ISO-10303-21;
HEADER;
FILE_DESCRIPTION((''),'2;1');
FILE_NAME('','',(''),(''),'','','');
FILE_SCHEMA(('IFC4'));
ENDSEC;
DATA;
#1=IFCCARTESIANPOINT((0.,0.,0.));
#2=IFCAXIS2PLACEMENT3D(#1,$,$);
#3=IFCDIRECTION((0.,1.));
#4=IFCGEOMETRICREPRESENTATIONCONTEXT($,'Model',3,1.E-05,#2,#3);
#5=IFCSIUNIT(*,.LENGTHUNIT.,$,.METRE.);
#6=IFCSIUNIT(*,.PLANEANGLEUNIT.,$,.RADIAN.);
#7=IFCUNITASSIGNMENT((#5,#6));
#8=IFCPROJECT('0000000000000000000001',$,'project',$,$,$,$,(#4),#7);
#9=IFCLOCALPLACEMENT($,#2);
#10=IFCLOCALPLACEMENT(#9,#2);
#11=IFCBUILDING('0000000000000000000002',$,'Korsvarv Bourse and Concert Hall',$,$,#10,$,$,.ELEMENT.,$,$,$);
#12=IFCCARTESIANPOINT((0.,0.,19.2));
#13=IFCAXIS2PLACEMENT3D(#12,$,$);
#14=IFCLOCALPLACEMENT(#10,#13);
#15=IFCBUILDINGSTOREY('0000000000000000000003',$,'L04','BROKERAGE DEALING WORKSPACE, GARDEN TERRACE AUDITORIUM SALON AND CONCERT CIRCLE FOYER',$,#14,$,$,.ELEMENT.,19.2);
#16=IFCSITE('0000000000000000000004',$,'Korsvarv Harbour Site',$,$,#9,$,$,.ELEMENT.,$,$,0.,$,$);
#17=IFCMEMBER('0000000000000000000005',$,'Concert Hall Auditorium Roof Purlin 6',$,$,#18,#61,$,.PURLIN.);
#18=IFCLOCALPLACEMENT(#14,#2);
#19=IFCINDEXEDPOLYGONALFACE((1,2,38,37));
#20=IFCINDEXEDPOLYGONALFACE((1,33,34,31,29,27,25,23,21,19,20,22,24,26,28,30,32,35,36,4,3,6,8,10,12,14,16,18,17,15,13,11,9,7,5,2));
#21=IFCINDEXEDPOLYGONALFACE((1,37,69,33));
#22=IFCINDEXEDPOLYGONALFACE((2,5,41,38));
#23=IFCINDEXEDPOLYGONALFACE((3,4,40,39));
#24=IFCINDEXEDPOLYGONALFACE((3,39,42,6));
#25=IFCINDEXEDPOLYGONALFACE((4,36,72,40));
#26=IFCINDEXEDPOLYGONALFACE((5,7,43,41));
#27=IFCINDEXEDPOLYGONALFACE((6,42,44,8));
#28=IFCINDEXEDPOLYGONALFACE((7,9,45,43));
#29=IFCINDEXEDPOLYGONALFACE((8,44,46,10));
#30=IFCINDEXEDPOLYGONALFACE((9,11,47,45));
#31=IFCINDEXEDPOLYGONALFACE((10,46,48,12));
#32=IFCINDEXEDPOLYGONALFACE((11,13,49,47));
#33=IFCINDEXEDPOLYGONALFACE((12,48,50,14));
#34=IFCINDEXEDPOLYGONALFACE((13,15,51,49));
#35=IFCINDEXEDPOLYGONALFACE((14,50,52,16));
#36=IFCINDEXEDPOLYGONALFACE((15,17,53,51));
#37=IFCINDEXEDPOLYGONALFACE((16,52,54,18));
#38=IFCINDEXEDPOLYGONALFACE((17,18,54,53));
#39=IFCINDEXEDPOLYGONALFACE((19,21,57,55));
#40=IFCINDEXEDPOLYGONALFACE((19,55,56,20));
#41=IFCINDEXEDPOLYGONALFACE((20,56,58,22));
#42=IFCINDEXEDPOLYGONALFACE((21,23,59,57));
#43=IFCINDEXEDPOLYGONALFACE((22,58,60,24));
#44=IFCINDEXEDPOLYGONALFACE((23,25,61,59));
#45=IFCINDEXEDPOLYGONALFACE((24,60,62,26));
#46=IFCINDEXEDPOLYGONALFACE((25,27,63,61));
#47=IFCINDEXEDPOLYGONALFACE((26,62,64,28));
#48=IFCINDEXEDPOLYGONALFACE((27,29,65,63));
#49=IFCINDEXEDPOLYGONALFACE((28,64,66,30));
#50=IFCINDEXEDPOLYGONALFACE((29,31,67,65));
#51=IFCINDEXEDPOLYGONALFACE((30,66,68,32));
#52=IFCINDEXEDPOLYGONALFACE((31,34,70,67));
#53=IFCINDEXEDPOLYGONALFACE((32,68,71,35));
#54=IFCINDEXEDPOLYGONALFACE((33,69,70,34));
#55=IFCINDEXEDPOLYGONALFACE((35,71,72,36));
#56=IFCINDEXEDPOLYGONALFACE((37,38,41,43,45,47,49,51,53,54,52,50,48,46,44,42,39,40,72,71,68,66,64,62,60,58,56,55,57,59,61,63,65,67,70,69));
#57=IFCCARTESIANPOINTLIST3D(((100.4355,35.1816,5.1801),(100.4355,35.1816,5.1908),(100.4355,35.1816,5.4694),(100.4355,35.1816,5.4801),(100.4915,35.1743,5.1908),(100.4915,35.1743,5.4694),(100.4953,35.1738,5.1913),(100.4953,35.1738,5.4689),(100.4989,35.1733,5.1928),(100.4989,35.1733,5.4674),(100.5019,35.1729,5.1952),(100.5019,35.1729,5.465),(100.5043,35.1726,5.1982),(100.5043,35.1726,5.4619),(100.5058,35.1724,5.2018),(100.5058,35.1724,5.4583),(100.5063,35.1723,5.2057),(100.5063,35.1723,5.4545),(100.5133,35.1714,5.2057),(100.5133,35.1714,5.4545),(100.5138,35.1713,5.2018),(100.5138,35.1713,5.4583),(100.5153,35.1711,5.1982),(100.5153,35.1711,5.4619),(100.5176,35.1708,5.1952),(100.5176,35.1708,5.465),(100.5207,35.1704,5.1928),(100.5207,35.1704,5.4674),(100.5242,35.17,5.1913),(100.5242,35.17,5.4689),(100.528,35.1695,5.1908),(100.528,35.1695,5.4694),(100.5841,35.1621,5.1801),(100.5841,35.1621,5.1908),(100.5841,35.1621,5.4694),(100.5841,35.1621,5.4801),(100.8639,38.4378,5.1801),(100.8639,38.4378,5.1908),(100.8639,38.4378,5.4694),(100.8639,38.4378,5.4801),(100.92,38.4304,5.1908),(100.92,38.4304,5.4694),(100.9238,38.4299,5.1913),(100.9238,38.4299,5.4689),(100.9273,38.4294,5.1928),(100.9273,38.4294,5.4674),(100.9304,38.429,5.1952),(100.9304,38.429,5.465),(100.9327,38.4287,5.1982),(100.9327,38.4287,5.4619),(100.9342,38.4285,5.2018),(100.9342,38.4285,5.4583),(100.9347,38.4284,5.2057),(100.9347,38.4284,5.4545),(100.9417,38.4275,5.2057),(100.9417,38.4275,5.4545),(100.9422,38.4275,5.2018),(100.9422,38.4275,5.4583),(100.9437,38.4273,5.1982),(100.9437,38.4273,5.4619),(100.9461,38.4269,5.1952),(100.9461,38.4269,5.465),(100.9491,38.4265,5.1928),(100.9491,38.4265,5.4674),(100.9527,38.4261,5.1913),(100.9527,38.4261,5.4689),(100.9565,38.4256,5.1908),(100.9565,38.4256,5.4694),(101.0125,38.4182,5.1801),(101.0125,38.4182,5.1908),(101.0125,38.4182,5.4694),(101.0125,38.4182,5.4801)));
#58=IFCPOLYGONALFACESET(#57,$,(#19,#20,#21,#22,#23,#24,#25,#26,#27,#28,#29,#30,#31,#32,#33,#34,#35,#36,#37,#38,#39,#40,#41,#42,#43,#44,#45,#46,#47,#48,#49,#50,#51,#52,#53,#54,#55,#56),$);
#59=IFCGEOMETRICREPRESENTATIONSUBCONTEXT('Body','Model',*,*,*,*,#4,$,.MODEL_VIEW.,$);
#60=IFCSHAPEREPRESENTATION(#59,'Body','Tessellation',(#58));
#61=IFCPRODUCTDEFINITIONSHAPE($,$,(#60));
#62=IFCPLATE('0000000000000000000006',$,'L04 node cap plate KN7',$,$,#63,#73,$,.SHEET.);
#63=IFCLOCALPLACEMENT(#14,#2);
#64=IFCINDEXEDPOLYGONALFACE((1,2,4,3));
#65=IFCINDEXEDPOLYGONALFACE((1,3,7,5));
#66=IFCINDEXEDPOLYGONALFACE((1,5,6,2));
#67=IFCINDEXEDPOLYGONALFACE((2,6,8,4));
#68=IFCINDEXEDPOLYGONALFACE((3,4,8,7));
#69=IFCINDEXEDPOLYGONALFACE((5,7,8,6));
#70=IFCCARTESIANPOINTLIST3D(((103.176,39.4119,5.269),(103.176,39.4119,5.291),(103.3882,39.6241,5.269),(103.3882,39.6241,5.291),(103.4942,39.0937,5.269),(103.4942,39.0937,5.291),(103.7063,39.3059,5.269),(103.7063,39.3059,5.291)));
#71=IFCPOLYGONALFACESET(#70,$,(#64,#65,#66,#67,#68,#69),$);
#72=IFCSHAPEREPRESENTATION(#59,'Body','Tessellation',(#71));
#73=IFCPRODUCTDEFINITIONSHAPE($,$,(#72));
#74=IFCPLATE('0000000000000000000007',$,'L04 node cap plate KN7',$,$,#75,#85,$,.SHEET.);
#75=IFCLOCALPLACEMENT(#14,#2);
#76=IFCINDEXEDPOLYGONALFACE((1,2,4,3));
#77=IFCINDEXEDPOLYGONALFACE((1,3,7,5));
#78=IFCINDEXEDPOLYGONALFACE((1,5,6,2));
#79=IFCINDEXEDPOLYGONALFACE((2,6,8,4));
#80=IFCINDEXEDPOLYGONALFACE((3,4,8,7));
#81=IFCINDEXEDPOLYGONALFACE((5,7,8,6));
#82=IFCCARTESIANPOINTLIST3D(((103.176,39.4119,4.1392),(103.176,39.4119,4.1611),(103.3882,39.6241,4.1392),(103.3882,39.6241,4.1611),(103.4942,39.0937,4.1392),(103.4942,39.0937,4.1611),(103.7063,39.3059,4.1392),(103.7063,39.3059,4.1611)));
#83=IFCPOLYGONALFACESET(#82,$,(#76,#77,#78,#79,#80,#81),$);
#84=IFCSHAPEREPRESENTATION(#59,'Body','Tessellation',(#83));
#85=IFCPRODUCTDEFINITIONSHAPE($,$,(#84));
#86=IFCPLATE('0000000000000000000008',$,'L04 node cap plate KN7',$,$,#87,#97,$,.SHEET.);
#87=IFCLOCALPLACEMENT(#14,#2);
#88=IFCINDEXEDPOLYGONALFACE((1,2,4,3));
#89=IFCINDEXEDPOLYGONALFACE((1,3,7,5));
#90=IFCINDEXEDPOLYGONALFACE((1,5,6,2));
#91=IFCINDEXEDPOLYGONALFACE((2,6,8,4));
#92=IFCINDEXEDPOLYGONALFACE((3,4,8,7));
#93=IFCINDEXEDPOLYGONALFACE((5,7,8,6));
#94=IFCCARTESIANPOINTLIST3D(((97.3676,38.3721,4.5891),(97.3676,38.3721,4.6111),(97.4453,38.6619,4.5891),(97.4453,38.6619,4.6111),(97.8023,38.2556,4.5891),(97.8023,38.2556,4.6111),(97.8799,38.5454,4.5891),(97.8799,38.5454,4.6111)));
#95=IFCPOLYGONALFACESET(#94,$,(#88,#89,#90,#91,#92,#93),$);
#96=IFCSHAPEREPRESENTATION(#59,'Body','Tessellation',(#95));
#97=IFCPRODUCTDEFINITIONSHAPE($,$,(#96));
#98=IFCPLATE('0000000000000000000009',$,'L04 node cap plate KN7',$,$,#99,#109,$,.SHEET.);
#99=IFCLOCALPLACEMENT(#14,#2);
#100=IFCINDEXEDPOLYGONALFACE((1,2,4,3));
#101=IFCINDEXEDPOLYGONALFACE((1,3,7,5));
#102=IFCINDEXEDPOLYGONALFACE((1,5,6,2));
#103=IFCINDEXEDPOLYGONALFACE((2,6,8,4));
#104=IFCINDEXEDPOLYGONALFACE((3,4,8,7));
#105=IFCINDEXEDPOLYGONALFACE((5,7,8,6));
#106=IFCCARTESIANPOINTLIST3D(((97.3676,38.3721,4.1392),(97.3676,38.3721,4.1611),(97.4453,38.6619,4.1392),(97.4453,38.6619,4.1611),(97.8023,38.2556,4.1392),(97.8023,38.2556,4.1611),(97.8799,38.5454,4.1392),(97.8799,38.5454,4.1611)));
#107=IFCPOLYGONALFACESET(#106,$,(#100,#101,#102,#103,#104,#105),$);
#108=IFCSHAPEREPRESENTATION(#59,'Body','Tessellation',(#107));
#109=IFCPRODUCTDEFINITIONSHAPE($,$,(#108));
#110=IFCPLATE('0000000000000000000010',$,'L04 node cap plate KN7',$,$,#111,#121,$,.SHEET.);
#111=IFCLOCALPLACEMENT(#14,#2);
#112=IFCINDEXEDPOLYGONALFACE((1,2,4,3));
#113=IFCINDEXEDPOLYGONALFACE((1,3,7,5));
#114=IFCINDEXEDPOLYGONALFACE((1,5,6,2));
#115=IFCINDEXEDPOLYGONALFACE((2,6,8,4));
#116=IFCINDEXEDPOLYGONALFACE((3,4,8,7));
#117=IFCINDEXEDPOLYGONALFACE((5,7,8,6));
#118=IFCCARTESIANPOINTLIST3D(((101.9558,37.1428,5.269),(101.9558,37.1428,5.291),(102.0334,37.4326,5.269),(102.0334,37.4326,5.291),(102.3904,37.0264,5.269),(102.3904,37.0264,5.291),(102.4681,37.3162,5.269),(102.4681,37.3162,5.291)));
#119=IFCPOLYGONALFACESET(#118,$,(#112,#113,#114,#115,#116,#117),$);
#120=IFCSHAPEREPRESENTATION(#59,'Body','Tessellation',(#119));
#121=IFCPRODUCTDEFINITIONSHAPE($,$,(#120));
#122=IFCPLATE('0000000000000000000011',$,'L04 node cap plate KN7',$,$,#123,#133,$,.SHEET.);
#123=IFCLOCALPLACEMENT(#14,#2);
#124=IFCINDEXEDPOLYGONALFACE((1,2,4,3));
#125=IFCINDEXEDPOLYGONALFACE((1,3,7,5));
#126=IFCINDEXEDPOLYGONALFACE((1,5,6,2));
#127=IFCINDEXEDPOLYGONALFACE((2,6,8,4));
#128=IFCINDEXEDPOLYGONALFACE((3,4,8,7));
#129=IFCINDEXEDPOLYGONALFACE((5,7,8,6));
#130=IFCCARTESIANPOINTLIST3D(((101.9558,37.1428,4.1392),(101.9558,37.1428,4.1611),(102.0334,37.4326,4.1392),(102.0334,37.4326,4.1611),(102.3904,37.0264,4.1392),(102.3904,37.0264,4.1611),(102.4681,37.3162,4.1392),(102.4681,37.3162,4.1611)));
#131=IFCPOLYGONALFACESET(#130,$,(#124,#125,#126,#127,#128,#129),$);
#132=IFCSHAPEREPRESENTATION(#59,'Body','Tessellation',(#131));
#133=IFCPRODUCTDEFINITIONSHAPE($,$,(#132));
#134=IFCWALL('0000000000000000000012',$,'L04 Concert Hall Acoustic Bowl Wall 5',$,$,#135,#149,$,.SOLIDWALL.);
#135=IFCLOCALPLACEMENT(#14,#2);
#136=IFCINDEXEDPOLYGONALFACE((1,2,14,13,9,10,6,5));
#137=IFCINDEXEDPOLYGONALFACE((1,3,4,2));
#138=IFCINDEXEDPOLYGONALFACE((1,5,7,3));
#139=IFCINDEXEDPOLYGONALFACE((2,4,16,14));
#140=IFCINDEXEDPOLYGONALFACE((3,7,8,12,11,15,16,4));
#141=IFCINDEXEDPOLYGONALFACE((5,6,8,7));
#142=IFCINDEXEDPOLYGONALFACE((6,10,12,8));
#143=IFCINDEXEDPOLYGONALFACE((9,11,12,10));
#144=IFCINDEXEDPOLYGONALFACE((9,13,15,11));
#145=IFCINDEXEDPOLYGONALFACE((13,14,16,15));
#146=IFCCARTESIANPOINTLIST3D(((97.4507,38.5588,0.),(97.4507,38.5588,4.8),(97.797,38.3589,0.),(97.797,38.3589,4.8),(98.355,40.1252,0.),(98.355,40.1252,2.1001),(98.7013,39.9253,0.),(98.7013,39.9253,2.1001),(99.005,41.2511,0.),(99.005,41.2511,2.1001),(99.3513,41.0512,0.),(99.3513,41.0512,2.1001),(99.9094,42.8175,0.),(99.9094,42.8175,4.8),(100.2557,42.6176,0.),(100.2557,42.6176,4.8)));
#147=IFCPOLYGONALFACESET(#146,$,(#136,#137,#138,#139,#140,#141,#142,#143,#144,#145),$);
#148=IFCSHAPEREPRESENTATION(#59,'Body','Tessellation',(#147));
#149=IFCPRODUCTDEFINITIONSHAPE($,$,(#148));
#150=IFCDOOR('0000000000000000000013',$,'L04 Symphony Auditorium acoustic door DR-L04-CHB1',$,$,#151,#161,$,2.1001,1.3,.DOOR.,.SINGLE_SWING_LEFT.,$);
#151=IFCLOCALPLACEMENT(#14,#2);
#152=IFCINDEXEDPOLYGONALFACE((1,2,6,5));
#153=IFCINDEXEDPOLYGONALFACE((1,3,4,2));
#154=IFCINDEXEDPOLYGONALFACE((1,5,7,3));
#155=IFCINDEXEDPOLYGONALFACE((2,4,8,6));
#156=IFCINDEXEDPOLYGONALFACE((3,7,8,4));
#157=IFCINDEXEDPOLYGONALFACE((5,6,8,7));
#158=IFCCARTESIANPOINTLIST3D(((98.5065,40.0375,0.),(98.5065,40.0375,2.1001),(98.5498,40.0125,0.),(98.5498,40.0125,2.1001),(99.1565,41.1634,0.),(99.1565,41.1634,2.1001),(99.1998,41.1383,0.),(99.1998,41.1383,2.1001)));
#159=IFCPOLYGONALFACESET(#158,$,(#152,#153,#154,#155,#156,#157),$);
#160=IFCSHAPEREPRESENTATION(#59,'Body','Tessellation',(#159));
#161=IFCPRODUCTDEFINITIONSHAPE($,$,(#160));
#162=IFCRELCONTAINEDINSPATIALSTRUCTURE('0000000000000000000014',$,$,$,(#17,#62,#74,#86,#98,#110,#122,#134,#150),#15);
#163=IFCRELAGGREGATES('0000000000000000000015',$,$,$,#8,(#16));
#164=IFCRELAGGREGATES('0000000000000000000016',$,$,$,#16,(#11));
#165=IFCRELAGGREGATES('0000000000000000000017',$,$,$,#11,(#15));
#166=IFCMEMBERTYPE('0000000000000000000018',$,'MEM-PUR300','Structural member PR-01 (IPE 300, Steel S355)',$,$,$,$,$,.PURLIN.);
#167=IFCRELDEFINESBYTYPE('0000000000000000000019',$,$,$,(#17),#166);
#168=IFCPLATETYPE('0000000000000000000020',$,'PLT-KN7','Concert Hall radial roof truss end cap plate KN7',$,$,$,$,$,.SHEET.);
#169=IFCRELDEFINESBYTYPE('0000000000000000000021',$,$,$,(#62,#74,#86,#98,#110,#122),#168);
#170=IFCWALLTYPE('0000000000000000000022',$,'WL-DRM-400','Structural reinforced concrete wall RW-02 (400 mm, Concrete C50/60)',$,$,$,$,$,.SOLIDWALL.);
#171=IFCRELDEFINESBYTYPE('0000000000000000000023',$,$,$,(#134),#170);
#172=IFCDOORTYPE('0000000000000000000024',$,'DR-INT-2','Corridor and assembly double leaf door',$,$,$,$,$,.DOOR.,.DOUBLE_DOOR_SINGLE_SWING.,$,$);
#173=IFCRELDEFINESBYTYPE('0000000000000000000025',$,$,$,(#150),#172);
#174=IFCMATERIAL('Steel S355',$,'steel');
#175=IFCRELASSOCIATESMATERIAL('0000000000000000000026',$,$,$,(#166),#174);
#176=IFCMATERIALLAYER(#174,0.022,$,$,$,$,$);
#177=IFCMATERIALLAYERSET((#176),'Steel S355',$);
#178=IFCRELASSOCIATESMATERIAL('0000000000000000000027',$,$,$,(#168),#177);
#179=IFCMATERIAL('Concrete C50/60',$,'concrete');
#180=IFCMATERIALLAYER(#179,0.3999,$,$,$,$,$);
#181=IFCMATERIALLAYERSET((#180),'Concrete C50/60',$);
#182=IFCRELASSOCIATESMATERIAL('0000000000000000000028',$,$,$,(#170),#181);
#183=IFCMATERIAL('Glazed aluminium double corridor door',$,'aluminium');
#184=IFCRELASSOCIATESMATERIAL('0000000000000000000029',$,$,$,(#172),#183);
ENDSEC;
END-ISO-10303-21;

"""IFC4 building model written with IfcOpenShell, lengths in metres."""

from ifc_helpers import new_model, si_unit, direction, frame, frame_2d, origin, origin_2d, place, context, subcontext, project, spatial, rectangle, i_section, extrude, source, transform, mapped, material, layer, layer_set, material_profile, profile_set, type_object, element, fill, save


model = new_model("IFC4")

# Units and contexts
model_context = context("Model", 3, precision=1e-05, world=origin(), true_north=direction((0.0, 1.0)))
body_context = subcontext(model_context, "Body", "Model", "MODEL_VIEW")
ifc_project = project(units=[si_unit("LENGTHUNIT", "METRE"), si_unit("PLANEANGLEUNIT", "RADIAN")], contexts=[model_context])

# Site, building, storey
site_placement = place(None, origin())
site = spatial("IfcSite", under=ifc_project, at=site_placement, Name="Korsvarv Harbour Site", CompositionType="ELEMENT", RefElevation=0.0)
building_placement = place(site_placement, origin())
building = spatial("IfcBuilding", under=site, at=building_placement, Name="Korsvarv Bourse and Concert Hall", CompositionType="ELEMENT")
storey_placement = place(building_placement, frame((0.0, 0.0, 19.2)))
storey = spatial("IfcBuildingStorey", under=building, at=storey_placement, Name="L04", Description="BROKERAGE DEALING WORKSPACE, GARDEN TERRACE AUDITORIUM SALON AND CONCERT CIRCLE FOYER", CompositionType="ELEMENT", Elevation=19.2)

# Shared definitions
ifc_material_1 = material(Name="Concrete C50/60", Category="concrete")

# Shared definitions
ifc_material_2 = material(Name="Steel S355", Category="steel")

# Member
ifc_material_profile_1 = material_profile(ifc_material_2, i_section(OverallWidth=0.1499, OverallDepth=0.3, WebThickness=0.0071, FlangeThickness=0.0107, FilletRadius=0.0149, at=origin_2d()), Name="IPE 300")
ifc_profile_set_1 = profile_set([ifc_material_profile_1], Name="Steel S355")
member_type_1 = type_object("IfcMemberType", Name="MEM-PUR300", Description="Structural member PR-01 (IPE 300, Steel S355)", PredefinedType="PURLIN", material=ifc_profile_set_1)
shared_shape_1 = source(origin(), body_context, "Body", "SweptSolid", [
    extrude(i_section(OverallWidth=0.1499, OverallDepth=0.3, WebThickness=0.0071, FlangeThickness=0.0107, FilletRadius=0.0149, at=origin_2d()), origin(), (0.0, 0.0, 1.0), 3.2842),
])
for number, where, z_axis, x_axis, name in (
    (1, (100.9382, 38.428, 5.3301), (-0.130464, -0.991453, 0.0), (0.991453, -0.130464, 0.0), "Concert Hall Auditorium Roof Purlin 6"),
):
    element("IfcMember", number, at=place(storey_placement, frame(where, z_axis=z_axis, x_axis=x_axis)), inside=storey, type_object=member_type_1, Name=name, PredefinedType="PURLIN", context=body_context, shape_type="MappedRepresentation", body=[
        mapped(shared_shape_1, transform((0.0, 0.0, 0.0), scale=1.0)),
    ])

# Plates
ifc_layer_1 = layer(ifc_material_2, 0.022)
ifc_layer_set_1 = layer_set([ifc_layer_1], Name="Steel S355")
plate_type = type_object("IfcPlateType", Name="PLT-KN7", Description="Concert Hall radial roof truss end cap plate KN7", PredefinedType="SHEET", material=ifc_layer_set_1)
shared_shape_2 = source(origin(), body_context, "Body", "SweptSolid", [
    extrude(rectangle(XDim=0.45, YDim=0.3, at=origin_2d()), origin(), (0.0, 0.0, 1.0), 0.022),
])
for number, where, z_axis, x_axis, name in (
    (2, (103.4412, 39.3589, 5.269), (0.0, 0.0, 1.0), (-0.707107, 0.707107, 0.0), "L04 node cap plate KN7"),
    (3, (103.4412, 39.3589, 4.1392), (0.0, 0.0, 1.0), (-0.707107, 0.707107, 0.0), "L04 node cap plate KN7"),
    (4, (97.6238, 38.4587, 4.5891), (0.0, 0.0, 1.0), (-0.965926, 0.258819, 0.0), "L04 node cap plate KN7"),
    (5, (97.6238, 38.4587, 4.1392), (0.0, 0.0, 1.0), (-0.965926, 0.258819, 0.0), "L04 node cap plate KN7"),
    (6, (102.2119, 37.2295, 5.269), (0.0, 0.0, 1.0), (-0.965926, 0.258819, 0.0), "L04 node cap plate KN7"),
    (7, (102.2119, 37.2295, 4.1392), (0.0, 0.0, 1.0), (-0.965926, 0.258819, 0.0), "L04 node cap plate KN7"),
):
    element("IfcPlate", number, at=place(storey_placement, frame(where, z_axis=z_axis, x_axis=x_axis)), inside=storey, type_object=plate_type, Name=name, PredefinedType="SHEET", context=body_context, shape_type="MappedRepresentation", body=[
        mapped(shared_shape_2, transform((0.0, 0.0, 0.0), scale=1.0)),
    ])

# Wall, opening, door
ifc_layer_2 = layer(ifc_material_1, 0.3999)
ifc_layer_set_2 = layer_set([ifc_layer_2], Name="Concrete C50/60")
wall_type = type_object("IfcWallType", Name="WL-DRM-400", Description="Structural reinforced concrete wall RW-02 (400 mm, Concrete C50/60)", PredefinedType="SOLIDWALL", material=ifc_layer_set_2)
wall_placement = place(storey_placement, frame((100.0825, 42.7175, 0.0), z_axis=(0.0, 0.0, 1.0), x_axis=(-0.499989, -0.866032, 0.0)))
wall = element("IfcWall", 8, at=wall_placement, inside=storey, type_object=wall_type, Name="L04 Concert Hall Acoustic Bowl Wall 5", PredefinedType="SOLIDWALL", context=body_context, shape_type="SweptSolid", body=[
    extrude(rectangle(XDim=4.9175, YDim=0.3999, at=frame_2d((2.4587, 0.0))), origin(), (0.0, 0.0, 1.0), 4.8),
])
opening_placement = place(wall_placement, frame((1.8088, 0.0, 0.0)))
opening = element("IfcOpeningElement", 9, at=opening_placement, cuts=wall, PredefinedType="OPENING", context=body_context, shape_type="SweptSolid", body=[
    extrude(rectangle(XDim=1.3, YDim=2.1001, at=frame_2d((0.6499, 1.05))), frame((0.0, 0.21, 0.0), z_axis=(0.0, -1.0, 0.0), x_axis=(1.0, 0.0, 0.0)), (0.0, 0.0, 1.0), 0.4199),
])
ifc_material_3 = material(Name="Glazed aluminium double corridor door", Category="aluminium")
door_type = type_object("IfcDoorType", Name="DR-INT-2", Description="Corridor and assembly double leaf door", OperationType="DOUBLE_DOOR_SINGLE_SWING", PredefinedType="DOOR", material=ifc_material_3)
door_placement = place(opening_placement, frame((1.3, 0.0, 0.0), z_axis=(0.0, 0.0, 1.0), x_axis=(-1.0, 0.0, 0.0)))
door = element("IfcDoor", 10, at=door_placement, inside=storey, type_object=door_type, Name="L04 Symphony Auditorium acoustic door DR-L04-CHB1", OperationType="SINGLE_SWING_LEFT", OverallHeight=2.1001, OverallWidth=1.3, PredefinedType="DOOR", context=body_context, shape_type="SweptSolid", body=[
    extrude(rectangle(XDim=1.3, YDim=2.1001, at=frame_2d((0.6499, 1.05))), frame((0.0, 0.0249, 0.0), z_axis=(0.0, -1.0, 0.0), x_axis=(1.0, 0.0, 0.0)), (0.0, 0.0, 1.0), 0.05),
])
fill(opening, door)

save(model, "model.ifc")
